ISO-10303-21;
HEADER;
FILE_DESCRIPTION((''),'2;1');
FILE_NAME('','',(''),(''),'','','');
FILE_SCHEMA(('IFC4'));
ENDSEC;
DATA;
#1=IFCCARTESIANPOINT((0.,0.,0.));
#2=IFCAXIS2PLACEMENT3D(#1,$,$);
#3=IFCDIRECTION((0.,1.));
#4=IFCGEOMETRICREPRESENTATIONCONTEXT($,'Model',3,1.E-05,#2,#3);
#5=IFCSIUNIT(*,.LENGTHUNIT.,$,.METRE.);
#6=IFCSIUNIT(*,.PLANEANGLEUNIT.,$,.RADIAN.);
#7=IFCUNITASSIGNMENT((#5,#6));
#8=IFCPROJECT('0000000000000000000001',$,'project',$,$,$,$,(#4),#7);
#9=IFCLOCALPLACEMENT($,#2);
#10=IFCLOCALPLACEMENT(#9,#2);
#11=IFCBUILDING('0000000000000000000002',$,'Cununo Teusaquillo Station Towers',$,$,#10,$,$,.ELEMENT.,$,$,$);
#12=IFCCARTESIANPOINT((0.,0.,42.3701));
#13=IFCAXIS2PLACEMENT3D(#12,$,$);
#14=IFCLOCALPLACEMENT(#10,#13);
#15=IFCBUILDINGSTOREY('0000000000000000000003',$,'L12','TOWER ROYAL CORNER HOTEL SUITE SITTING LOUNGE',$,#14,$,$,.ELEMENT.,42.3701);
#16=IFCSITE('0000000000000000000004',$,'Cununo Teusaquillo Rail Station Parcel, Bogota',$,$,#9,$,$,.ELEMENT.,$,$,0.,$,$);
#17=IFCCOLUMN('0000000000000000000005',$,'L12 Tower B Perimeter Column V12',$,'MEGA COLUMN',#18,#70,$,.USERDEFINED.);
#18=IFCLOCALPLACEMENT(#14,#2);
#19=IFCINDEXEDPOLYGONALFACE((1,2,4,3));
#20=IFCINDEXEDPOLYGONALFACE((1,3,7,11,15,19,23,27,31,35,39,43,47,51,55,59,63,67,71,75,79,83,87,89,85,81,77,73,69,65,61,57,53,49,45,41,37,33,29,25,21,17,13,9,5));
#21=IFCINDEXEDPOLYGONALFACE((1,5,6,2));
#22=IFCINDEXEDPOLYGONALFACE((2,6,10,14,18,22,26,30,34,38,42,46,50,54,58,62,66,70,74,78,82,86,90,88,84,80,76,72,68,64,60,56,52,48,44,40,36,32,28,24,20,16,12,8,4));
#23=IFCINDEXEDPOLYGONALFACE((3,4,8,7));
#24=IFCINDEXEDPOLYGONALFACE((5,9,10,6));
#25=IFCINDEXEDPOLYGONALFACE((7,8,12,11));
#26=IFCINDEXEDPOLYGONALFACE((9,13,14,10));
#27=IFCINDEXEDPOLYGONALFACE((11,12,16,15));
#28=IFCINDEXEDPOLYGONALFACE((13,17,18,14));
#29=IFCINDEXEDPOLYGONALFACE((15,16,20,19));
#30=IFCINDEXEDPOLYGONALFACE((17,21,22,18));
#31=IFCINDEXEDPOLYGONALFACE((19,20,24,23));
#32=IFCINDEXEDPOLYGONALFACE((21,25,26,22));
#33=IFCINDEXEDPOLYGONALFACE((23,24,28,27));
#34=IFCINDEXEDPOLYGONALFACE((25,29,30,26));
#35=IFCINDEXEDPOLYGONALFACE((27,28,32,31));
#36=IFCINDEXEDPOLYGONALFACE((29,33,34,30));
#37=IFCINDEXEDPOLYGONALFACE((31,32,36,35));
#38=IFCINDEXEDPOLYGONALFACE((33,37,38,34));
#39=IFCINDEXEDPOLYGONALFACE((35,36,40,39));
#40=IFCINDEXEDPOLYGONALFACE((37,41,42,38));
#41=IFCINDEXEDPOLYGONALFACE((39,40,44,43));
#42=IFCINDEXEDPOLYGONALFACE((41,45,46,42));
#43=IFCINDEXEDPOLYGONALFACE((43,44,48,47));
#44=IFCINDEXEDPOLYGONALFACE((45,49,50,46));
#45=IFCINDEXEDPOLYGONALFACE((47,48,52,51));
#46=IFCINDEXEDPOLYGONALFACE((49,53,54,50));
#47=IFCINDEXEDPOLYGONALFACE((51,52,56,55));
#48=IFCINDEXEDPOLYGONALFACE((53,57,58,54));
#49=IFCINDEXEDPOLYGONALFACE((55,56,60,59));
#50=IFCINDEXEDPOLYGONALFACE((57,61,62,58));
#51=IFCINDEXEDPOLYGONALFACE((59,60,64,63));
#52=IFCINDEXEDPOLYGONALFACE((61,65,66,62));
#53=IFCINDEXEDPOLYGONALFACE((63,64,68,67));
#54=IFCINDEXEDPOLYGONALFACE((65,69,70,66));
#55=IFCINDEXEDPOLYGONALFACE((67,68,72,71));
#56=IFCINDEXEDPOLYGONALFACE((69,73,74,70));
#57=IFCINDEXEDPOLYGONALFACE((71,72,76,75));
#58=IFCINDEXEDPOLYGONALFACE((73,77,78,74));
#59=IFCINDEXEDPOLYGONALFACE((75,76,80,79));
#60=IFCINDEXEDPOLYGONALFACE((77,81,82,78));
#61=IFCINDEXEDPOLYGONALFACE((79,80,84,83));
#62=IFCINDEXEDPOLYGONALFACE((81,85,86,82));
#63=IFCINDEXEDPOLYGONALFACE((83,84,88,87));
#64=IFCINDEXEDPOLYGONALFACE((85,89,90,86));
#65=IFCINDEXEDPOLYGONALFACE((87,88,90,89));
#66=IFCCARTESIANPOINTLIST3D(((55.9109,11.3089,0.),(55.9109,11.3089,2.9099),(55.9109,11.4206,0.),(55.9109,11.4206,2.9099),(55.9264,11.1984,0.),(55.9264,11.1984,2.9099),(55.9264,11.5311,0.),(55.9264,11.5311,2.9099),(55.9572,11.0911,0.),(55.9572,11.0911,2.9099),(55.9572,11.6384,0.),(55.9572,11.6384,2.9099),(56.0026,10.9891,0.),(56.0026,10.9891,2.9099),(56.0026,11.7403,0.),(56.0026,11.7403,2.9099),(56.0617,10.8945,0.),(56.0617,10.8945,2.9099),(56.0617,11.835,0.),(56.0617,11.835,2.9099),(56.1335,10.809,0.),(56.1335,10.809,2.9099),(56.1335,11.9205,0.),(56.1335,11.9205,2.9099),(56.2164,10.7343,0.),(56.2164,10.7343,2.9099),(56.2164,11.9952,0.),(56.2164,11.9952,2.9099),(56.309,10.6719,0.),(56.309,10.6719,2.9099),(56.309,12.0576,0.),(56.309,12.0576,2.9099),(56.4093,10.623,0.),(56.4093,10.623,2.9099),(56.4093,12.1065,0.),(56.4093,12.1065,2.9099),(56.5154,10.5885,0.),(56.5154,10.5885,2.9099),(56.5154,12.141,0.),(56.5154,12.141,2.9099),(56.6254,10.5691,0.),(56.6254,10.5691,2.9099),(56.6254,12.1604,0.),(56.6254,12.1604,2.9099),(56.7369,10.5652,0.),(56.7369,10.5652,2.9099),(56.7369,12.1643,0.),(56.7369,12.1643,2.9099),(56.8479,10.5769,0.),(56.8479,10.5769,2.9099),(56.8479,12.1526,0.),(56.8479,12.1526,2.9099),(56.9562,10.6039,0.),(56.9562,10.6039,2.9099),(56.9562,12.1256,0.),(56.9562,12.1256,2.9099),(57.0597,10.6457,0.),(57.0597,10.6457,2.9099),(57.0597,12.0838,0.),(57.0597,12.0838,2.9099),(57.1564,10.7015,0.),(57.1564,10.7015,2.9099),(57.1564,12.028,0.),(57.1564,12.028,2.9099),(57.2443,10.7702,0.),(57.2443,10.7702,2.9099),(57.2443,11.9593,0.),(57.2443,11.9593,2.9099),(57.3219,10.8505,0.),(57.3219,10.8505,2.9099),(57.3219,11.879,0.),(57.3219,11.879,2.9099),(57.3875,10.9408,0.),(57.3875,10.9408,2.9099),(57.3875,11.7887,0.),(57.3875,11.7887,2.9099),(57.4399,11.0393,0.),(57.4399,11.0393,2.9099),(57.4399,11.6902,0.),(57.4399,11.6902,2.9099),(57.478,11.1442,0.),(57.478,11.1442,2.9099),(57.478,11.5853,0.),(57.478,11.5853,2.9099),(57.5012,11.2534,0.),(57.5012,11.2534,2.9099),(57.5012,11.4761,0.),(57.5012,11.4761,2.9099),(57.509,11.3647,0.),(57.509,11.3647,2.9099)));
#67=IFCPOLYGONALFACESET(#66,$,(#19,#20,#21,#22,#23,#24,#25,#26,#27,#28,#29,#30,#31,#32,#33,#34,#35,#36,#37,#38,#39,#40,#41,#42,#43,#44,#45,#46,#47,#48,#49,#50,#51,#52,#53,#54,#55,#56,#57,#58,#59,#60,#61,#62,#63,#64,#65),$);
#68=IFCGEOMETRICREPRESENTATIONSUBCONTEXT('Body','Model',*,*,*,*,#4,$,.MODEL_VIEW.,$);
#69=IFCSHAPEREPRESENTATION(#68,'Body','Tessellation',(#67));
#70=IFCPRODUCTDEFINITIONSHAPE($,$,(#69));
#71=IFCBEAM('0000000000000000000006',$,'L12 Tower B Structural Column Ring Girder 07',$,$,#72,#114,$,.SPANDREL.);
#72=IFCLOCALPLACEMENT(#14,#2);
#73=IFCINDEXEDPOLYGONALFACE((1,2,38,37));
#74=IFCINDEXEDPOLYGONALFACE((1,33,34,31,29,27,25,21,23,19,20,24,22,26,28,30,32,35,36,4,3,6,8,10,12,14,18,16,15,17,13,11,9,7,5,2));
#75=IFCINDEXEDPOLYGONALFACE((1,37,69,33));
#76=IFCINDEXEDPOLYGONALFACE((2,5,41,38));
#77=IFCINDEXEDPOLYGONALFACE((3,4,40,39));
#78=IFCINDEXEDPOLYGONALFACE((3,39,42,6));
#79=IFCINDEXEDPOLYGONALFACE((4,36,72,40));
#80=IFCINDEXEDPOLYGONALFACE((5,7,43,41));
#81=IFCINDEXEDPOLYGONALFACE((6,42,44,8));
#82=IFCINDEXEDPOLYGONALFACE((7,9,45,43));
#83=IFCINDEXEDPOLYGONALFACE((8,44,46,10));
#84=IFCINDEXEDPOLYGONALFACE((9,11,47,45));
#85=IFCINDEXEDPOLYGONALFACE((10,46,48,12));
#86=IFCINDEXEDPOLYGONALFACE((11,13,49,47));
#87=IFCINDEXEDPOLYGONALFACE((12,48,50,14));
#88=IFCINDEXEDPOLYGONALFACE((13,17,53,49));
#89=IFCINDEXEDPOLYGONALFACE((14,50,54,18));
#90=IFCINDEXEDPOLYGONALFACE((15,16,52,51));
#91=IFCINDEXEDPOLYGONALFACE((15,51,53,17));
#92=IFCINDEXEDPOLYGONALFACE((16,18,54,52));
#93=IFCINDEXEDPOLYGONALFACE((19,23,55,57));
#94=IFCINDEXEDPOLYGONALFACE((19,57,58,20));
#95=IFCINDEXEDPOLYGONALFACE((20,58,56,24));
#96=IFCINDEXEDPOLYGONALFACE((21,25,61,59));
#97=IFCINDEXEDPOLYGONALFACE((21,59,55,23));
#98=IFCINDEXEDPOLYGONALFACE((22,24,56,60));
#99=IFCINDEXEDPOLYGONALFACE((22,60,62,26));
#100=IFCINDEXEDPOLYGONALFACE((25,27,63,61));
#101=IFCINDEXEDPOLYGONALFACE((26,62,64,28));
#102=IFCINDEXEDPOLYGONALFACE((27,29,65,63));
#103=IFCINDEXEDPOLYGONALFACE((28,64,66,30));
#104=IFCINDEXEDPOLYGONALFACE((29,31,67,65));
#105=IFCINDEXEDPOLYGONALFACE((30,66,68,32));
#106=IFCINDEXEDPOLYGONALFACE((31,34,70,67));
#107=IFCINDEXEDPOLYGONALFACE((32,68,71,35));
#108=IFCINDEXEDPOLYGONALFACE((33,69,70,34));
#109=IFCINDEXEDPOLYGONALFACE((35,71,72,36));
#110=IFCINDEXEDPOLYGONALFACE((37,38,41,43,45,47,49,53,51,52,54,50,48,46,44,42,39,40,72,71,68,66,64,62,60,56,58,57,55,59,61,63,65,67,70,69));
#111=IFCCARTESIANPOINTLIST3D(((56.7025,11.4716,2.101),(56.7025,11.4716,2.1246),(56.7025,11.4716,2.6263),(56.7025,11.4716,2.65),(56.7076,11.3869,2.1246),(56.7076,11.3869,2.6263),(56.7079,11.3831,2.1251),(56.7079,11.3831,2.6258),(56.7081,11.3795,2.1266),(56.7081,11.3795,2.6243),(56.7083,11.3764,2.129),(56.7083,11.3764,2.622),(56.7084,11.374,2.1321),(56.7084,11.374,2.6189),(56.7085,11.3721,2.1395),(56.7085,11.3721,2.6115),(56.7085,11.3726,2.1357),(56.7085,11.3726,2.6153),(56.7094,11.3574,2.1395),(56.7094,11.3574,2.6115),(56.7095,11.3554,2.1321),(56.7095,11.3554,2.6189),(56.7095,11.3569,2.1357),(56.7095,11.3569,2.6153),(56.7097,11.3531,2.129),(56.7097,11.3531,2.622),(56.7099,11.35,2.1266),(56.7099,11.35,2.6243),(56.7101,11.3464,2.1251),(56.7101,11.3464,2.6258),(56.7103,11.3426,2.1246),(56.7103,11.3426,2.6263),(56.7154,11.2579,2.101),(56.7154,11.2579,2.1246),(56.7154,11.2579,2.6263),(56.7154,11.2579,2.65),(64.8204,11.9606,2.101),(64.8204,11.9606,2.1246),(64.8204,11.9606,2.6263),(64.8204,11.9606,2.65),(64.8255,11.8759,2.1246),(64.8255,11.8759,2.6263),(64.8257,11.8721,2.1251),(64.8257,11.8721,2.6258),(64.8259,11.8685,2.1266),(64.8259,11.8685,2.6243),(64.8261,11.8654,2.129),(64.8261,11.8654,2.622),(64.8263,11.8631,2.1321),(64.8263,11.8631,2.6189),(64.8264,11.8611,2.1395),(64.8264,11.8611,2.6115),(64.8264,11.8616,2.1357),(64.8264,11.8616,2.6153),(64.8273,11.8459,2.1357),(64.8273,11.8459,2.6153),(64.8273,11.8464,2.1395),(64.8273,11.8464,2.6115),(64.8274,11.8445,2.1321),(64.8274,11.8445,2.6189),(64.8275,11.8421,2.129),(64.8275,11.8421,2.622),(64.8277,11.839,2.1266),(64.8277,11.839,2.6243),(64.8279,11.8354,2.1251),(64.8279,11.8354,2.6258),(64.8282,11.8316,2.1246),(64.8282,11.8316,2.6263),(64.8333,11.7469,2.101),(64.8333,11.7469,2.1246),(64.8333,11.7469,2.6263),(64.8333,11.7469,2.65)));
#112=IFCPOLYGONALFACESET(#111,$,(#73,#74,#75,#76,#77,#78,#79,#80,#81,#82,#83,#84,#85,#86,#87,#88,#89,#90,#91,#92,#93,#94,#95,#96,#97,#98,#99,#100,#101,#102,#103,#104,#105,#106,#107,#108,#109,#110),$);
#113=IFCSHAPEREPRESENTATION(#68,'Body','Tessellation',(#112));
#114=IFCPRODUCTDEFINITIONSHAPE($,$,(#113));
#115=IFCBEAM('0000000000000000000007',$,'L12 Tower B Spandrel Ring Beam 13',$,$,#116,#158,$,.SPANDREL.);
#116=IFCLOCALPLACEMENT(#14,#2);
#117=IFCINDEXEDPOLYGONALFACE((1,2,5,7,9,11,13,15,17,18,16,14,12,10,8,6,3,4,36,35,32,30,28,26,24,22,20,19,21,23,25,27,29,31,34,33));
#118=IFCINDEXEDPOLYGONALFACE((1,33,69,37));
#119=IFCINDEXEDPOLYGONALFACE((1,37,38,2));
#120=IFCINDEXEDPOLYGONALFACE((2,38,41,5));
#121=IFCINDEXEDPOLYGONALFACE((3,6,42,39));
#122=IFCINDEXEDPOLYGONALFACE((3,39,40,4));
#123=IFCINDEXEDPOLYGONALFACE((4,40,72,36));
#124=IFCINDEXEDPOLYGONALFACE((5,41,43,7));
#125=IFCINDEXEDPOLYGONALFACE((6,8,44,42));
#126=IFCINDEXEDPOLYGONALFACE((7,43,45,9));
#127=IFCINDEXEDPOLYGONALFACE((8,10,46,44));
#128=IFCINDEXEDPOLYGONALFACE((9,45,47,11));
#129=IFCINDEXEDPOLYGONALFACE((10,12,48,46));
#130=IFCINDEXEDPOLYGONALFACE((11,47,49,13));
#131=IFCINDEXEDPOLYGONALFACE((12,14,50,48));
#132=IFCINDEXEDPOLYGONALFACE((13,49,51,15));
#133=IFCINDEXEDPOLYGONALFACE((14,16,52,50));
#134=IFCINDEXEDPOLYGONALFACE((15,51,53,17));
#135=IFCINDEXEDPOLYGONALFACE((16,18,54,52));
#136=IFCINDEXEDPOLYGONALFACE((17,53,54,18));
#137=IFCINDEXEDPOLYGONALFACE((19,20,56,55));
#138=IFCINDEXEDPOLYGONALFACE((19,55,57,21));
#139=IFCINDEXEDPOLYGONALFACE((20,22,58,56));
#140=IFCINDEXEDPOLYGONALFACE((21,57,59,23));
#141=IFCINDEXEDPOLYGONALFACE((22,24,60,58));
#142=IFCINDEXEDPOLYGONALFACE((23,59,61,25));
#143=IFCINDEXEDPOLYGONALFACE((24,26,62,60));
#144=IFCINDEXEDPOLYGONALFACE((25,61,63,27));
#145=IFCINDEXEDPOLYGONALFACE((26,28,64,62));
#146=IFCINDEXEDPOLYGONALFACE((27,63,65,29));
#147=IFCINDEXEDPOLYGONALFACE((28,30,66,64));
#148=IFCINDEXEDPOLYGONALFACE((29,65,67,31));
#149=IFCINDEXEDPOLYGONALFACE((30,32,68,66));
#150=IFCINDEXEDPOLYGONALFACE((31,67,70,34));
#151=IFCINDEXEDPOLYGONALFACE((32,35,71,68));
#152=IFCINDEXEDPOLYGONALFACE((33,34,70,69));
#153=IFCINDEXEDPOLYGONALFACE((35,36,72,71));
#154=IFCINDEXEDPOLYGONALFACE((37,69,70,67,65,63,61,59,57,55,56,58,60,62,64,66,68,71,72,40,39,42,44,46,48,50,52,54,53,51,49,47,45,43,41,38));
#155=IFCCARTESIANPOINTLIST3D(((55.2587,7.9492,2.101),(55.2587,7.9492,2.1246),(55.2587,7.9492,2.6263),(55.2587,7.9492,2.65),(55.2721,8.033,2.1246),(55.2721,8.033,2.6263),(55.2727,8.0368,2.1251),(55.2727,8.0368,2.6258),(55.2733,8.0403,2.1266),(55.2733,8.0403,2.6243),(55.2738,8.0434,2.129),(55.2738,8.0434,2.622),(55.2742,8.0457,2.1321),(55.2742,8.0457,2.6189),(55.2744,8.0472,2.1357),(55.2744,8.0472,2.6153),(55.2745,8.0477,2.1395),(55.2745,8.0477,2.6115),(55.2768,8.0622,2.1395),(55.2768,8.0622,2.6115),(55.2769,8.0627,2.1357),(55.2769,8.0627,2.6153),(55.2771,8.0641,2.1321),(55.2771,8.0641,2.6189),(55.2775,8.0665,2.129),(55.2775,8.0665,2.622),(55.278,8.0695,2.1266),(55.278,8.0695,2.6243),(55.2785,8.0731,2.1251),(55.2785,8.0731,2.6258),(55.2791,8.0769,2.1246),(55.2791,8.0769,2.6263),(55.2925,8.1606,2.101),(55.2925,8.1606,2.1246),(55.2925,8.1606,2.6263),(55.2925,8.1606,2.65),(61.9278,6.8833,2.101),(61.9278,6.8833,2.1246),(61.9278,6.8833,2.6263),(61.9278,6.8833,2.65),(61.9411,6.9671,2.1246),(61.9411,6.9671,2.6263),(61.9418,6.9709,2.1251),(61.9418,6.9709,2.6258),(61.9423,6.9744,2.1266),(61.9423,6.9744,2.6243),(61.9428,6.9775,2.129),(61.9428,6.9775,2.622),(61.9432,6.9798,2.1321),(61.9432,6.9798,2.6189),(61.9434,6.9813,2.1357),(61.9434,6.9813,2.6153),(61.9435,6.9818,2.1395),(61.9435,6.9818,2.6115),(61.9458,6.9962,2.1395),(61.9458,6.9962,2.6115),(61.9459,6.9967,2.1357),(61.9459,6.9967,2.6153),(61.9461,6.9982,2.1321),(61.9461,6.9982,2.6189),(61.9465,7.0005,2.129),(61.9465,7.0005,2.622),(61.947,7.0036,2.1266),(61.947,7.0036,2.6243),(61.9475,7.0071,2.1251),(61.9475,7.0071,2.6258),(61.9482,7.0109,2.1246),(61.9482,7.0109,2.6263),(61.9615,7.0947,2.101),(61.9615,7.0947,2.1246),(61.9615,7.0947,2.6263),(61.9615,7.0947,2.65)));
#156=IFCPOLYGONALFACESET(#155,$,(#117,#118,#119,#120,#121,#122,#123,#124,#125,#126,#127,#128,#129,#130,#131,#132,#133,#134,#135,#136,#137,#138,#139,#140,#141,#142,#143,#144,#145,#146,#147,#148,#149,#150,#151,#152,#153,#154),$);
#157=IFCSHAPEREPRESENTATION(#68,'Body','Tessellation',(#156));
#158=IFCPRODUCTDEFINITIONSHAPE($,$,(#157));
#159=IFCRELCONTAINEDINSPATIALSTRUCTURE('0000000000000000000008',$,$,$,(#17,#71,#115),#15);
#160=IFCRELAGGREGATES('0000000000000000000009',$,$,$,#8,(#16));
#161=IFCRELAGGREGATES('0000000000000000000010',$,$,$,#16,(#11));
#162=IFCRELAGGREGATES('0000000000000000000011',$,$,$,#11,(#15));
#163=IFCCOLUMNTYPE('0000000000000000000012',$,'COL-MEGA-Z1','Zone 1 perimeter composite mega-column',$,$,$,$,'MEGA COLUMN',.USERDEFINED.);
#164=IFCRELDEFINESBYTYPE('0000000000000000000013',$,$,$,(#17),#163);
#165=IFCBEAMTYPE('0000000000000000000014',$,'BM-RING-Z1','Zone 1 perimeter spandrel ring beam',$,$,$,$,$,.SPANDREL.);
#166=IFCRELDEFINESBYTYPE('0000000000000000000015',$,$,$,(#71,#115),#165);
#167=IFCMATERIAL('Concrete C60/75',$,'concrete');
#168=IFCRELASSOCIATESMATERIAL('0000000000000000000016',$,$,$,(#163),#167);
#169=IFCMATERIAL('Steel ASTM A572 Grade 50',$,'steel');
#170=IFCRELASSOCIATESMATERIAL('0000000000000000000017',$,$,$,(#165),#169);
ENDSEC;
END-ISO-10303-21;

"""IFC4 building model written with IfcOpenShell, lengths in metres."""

from ifc_helpers import new_model, si_unit, direction, frame, origin, origin_2d, place, context, subcontext, project, spatial, circle, i_section, extrude, material, material_profile, profile_set, type_object, element, save


model = new_model("IFC4")

# Units and contexts
model_context = context("Model", 3, precision=1e-05, world=origin(), true_north=direction((0.0, 1.0)))
body_context = subcontext(model_context, "Body", "Model", "MODEL_VIEW")
ifc_project = project(units=[si_unit("LENGTHUNIT", "METRE"), si_unit("PLANEANGLEUNIT", "RADIAN")], contexts=[model_context])

# Site, building, storey
site_placement = place(None, origin())
site = spatial("IfcSite", under=ifc_project, at=site_placement, Name="Cununo Teusaquillo Rail Station Parcel, Bogota", CompositionType="ELEMENT", RefElevation=0.0)
building_placement = place(site_placement, origin())
building = spatial("IfcBuilding", under=site, at=building_placement, Name="Cununo Teusaquillo Station Towers", CompositionType="ELEMENT")
storey_placement = place(building_placement, frame((0.0, 0.0, 42.3701)))
storey = spatial("IfcBuildingStorey", under=building, at=storey_placement, Name="L12", Description="TOWER ROYAL CORNER HOTEL SUITE SITTING LOUNGE", CompositionType="ELEMENT", Elevation=42.3701)

# Column
ifc_material_1 = material(Name="Concrete C60/75", Category="concrete")
ifc_material_profile_1 = material_profile(ifc_material_1, circle(Radius=0.8, at=origin_2d()), Name="RC-CIRC-1600")
ifc_profile_set_1 = profile_set([ifc_material_profile_1], Name="Concrete C60/75")
column_type = type_object("IfcColumnType", Name="COL-MEGA-Z1", Description="Zone 1 perimeter composite mega-column", ElementType="MEGA COLUMN", PredefinedType="USERDEFINED", material=ifc_profile_set_1)
column_placement = place(storey_placement, frame((56.709, 11.3647, 0.0), z_axis=(0.0, 0.0, 1.0), x_axis=(1.0, 0.0, 0.0)))
element("IfcColumn", 1, at=column_placement, inside=storey, type_object=column_type, Name="L12 Tower B Perimeter Column V12", ObjectType="MEGA COLUMN", PredefinedType="USERDEFINED", context=body_context, shape_type="SweptSolid", body=[
    extrude(circle(Radius=0.8, at=origin_2d()), origin(), (0.0, 0.0, 1.0), 2.9099),
])

# Beams
ifc_material_2 = material(Name="Steel ASTM A572 Grade 50", Category="steel")
ifc_material_profile_2 = material_profile(ifc_material_2, i_section(OverallWidth=0.2141, OverallDepth=0.5491, WebThickness=0.0146, FlangeThickness=0.0237, FilletRadius=0.0149, at=origin_2d()), Name="W21X93")
ifc_profile_set_2 = profile_set([ifc_material_profile_2], Name="Steel ASTM A572 Grade 50")
beam_type = type_object("IfcBeamType", Name="BM-RING-Z1", Description="Zone 1 perimeter spandrel ring beam", PredefinedType="SPANDREL", material=ifc_profile_set_2)
beam_1_placement = place(storey_placement, frame((56.709, 11.3647, 2.3755), z_axis=(0.998191, 0.06013, 0.0), x_axis=(-0.06013, 0.998191, 0.0)))
element("IfcBeam", 2, at=beam_1_placement, inside=storey, type_object=beam_type, Name="L12 Tower B Structural Column Ring Girder 07", PredefinedType="SPANDREL", context=body_context, shape_type="SweptSolid", body=[
    extrude(i_section(OverallWidth=0.2141, OverallDepth=0.5491, WebThickness=0.0146, FlangeThickness=0.0237, FilletRadius=0.0149, at=origin_2d()), origin(), (0.0, 0.0, 1.0), 8.1326),
])
beam_2_placement = place(storey_placement, frame((55.2756, 8.0549, 2.3755), z_axis=(0.987466, -0.15783, 0.0), x_axis=(0.15783, 0.987466, 0.0)))
element("IfcBeam", 3, at=beam_2_placement, inside=storey, type_object=beam_type, Name="L12 Tower B Spandrel Ring Beam 13", PredefinedType="SPANDREL", context=body_context, shape_type="SweptSolid", body=[
    extrude(i_section(OverallWidth=0.2141, OverallDepth=0.5491, WebThickness=0.0146, FlangeThickness=0.0237, FilletRadius=0.0149, at=origin_2d()), origin(), (0.0, 0.0, 1.0), 6.7537),
])

save(model, "model.ifc")
